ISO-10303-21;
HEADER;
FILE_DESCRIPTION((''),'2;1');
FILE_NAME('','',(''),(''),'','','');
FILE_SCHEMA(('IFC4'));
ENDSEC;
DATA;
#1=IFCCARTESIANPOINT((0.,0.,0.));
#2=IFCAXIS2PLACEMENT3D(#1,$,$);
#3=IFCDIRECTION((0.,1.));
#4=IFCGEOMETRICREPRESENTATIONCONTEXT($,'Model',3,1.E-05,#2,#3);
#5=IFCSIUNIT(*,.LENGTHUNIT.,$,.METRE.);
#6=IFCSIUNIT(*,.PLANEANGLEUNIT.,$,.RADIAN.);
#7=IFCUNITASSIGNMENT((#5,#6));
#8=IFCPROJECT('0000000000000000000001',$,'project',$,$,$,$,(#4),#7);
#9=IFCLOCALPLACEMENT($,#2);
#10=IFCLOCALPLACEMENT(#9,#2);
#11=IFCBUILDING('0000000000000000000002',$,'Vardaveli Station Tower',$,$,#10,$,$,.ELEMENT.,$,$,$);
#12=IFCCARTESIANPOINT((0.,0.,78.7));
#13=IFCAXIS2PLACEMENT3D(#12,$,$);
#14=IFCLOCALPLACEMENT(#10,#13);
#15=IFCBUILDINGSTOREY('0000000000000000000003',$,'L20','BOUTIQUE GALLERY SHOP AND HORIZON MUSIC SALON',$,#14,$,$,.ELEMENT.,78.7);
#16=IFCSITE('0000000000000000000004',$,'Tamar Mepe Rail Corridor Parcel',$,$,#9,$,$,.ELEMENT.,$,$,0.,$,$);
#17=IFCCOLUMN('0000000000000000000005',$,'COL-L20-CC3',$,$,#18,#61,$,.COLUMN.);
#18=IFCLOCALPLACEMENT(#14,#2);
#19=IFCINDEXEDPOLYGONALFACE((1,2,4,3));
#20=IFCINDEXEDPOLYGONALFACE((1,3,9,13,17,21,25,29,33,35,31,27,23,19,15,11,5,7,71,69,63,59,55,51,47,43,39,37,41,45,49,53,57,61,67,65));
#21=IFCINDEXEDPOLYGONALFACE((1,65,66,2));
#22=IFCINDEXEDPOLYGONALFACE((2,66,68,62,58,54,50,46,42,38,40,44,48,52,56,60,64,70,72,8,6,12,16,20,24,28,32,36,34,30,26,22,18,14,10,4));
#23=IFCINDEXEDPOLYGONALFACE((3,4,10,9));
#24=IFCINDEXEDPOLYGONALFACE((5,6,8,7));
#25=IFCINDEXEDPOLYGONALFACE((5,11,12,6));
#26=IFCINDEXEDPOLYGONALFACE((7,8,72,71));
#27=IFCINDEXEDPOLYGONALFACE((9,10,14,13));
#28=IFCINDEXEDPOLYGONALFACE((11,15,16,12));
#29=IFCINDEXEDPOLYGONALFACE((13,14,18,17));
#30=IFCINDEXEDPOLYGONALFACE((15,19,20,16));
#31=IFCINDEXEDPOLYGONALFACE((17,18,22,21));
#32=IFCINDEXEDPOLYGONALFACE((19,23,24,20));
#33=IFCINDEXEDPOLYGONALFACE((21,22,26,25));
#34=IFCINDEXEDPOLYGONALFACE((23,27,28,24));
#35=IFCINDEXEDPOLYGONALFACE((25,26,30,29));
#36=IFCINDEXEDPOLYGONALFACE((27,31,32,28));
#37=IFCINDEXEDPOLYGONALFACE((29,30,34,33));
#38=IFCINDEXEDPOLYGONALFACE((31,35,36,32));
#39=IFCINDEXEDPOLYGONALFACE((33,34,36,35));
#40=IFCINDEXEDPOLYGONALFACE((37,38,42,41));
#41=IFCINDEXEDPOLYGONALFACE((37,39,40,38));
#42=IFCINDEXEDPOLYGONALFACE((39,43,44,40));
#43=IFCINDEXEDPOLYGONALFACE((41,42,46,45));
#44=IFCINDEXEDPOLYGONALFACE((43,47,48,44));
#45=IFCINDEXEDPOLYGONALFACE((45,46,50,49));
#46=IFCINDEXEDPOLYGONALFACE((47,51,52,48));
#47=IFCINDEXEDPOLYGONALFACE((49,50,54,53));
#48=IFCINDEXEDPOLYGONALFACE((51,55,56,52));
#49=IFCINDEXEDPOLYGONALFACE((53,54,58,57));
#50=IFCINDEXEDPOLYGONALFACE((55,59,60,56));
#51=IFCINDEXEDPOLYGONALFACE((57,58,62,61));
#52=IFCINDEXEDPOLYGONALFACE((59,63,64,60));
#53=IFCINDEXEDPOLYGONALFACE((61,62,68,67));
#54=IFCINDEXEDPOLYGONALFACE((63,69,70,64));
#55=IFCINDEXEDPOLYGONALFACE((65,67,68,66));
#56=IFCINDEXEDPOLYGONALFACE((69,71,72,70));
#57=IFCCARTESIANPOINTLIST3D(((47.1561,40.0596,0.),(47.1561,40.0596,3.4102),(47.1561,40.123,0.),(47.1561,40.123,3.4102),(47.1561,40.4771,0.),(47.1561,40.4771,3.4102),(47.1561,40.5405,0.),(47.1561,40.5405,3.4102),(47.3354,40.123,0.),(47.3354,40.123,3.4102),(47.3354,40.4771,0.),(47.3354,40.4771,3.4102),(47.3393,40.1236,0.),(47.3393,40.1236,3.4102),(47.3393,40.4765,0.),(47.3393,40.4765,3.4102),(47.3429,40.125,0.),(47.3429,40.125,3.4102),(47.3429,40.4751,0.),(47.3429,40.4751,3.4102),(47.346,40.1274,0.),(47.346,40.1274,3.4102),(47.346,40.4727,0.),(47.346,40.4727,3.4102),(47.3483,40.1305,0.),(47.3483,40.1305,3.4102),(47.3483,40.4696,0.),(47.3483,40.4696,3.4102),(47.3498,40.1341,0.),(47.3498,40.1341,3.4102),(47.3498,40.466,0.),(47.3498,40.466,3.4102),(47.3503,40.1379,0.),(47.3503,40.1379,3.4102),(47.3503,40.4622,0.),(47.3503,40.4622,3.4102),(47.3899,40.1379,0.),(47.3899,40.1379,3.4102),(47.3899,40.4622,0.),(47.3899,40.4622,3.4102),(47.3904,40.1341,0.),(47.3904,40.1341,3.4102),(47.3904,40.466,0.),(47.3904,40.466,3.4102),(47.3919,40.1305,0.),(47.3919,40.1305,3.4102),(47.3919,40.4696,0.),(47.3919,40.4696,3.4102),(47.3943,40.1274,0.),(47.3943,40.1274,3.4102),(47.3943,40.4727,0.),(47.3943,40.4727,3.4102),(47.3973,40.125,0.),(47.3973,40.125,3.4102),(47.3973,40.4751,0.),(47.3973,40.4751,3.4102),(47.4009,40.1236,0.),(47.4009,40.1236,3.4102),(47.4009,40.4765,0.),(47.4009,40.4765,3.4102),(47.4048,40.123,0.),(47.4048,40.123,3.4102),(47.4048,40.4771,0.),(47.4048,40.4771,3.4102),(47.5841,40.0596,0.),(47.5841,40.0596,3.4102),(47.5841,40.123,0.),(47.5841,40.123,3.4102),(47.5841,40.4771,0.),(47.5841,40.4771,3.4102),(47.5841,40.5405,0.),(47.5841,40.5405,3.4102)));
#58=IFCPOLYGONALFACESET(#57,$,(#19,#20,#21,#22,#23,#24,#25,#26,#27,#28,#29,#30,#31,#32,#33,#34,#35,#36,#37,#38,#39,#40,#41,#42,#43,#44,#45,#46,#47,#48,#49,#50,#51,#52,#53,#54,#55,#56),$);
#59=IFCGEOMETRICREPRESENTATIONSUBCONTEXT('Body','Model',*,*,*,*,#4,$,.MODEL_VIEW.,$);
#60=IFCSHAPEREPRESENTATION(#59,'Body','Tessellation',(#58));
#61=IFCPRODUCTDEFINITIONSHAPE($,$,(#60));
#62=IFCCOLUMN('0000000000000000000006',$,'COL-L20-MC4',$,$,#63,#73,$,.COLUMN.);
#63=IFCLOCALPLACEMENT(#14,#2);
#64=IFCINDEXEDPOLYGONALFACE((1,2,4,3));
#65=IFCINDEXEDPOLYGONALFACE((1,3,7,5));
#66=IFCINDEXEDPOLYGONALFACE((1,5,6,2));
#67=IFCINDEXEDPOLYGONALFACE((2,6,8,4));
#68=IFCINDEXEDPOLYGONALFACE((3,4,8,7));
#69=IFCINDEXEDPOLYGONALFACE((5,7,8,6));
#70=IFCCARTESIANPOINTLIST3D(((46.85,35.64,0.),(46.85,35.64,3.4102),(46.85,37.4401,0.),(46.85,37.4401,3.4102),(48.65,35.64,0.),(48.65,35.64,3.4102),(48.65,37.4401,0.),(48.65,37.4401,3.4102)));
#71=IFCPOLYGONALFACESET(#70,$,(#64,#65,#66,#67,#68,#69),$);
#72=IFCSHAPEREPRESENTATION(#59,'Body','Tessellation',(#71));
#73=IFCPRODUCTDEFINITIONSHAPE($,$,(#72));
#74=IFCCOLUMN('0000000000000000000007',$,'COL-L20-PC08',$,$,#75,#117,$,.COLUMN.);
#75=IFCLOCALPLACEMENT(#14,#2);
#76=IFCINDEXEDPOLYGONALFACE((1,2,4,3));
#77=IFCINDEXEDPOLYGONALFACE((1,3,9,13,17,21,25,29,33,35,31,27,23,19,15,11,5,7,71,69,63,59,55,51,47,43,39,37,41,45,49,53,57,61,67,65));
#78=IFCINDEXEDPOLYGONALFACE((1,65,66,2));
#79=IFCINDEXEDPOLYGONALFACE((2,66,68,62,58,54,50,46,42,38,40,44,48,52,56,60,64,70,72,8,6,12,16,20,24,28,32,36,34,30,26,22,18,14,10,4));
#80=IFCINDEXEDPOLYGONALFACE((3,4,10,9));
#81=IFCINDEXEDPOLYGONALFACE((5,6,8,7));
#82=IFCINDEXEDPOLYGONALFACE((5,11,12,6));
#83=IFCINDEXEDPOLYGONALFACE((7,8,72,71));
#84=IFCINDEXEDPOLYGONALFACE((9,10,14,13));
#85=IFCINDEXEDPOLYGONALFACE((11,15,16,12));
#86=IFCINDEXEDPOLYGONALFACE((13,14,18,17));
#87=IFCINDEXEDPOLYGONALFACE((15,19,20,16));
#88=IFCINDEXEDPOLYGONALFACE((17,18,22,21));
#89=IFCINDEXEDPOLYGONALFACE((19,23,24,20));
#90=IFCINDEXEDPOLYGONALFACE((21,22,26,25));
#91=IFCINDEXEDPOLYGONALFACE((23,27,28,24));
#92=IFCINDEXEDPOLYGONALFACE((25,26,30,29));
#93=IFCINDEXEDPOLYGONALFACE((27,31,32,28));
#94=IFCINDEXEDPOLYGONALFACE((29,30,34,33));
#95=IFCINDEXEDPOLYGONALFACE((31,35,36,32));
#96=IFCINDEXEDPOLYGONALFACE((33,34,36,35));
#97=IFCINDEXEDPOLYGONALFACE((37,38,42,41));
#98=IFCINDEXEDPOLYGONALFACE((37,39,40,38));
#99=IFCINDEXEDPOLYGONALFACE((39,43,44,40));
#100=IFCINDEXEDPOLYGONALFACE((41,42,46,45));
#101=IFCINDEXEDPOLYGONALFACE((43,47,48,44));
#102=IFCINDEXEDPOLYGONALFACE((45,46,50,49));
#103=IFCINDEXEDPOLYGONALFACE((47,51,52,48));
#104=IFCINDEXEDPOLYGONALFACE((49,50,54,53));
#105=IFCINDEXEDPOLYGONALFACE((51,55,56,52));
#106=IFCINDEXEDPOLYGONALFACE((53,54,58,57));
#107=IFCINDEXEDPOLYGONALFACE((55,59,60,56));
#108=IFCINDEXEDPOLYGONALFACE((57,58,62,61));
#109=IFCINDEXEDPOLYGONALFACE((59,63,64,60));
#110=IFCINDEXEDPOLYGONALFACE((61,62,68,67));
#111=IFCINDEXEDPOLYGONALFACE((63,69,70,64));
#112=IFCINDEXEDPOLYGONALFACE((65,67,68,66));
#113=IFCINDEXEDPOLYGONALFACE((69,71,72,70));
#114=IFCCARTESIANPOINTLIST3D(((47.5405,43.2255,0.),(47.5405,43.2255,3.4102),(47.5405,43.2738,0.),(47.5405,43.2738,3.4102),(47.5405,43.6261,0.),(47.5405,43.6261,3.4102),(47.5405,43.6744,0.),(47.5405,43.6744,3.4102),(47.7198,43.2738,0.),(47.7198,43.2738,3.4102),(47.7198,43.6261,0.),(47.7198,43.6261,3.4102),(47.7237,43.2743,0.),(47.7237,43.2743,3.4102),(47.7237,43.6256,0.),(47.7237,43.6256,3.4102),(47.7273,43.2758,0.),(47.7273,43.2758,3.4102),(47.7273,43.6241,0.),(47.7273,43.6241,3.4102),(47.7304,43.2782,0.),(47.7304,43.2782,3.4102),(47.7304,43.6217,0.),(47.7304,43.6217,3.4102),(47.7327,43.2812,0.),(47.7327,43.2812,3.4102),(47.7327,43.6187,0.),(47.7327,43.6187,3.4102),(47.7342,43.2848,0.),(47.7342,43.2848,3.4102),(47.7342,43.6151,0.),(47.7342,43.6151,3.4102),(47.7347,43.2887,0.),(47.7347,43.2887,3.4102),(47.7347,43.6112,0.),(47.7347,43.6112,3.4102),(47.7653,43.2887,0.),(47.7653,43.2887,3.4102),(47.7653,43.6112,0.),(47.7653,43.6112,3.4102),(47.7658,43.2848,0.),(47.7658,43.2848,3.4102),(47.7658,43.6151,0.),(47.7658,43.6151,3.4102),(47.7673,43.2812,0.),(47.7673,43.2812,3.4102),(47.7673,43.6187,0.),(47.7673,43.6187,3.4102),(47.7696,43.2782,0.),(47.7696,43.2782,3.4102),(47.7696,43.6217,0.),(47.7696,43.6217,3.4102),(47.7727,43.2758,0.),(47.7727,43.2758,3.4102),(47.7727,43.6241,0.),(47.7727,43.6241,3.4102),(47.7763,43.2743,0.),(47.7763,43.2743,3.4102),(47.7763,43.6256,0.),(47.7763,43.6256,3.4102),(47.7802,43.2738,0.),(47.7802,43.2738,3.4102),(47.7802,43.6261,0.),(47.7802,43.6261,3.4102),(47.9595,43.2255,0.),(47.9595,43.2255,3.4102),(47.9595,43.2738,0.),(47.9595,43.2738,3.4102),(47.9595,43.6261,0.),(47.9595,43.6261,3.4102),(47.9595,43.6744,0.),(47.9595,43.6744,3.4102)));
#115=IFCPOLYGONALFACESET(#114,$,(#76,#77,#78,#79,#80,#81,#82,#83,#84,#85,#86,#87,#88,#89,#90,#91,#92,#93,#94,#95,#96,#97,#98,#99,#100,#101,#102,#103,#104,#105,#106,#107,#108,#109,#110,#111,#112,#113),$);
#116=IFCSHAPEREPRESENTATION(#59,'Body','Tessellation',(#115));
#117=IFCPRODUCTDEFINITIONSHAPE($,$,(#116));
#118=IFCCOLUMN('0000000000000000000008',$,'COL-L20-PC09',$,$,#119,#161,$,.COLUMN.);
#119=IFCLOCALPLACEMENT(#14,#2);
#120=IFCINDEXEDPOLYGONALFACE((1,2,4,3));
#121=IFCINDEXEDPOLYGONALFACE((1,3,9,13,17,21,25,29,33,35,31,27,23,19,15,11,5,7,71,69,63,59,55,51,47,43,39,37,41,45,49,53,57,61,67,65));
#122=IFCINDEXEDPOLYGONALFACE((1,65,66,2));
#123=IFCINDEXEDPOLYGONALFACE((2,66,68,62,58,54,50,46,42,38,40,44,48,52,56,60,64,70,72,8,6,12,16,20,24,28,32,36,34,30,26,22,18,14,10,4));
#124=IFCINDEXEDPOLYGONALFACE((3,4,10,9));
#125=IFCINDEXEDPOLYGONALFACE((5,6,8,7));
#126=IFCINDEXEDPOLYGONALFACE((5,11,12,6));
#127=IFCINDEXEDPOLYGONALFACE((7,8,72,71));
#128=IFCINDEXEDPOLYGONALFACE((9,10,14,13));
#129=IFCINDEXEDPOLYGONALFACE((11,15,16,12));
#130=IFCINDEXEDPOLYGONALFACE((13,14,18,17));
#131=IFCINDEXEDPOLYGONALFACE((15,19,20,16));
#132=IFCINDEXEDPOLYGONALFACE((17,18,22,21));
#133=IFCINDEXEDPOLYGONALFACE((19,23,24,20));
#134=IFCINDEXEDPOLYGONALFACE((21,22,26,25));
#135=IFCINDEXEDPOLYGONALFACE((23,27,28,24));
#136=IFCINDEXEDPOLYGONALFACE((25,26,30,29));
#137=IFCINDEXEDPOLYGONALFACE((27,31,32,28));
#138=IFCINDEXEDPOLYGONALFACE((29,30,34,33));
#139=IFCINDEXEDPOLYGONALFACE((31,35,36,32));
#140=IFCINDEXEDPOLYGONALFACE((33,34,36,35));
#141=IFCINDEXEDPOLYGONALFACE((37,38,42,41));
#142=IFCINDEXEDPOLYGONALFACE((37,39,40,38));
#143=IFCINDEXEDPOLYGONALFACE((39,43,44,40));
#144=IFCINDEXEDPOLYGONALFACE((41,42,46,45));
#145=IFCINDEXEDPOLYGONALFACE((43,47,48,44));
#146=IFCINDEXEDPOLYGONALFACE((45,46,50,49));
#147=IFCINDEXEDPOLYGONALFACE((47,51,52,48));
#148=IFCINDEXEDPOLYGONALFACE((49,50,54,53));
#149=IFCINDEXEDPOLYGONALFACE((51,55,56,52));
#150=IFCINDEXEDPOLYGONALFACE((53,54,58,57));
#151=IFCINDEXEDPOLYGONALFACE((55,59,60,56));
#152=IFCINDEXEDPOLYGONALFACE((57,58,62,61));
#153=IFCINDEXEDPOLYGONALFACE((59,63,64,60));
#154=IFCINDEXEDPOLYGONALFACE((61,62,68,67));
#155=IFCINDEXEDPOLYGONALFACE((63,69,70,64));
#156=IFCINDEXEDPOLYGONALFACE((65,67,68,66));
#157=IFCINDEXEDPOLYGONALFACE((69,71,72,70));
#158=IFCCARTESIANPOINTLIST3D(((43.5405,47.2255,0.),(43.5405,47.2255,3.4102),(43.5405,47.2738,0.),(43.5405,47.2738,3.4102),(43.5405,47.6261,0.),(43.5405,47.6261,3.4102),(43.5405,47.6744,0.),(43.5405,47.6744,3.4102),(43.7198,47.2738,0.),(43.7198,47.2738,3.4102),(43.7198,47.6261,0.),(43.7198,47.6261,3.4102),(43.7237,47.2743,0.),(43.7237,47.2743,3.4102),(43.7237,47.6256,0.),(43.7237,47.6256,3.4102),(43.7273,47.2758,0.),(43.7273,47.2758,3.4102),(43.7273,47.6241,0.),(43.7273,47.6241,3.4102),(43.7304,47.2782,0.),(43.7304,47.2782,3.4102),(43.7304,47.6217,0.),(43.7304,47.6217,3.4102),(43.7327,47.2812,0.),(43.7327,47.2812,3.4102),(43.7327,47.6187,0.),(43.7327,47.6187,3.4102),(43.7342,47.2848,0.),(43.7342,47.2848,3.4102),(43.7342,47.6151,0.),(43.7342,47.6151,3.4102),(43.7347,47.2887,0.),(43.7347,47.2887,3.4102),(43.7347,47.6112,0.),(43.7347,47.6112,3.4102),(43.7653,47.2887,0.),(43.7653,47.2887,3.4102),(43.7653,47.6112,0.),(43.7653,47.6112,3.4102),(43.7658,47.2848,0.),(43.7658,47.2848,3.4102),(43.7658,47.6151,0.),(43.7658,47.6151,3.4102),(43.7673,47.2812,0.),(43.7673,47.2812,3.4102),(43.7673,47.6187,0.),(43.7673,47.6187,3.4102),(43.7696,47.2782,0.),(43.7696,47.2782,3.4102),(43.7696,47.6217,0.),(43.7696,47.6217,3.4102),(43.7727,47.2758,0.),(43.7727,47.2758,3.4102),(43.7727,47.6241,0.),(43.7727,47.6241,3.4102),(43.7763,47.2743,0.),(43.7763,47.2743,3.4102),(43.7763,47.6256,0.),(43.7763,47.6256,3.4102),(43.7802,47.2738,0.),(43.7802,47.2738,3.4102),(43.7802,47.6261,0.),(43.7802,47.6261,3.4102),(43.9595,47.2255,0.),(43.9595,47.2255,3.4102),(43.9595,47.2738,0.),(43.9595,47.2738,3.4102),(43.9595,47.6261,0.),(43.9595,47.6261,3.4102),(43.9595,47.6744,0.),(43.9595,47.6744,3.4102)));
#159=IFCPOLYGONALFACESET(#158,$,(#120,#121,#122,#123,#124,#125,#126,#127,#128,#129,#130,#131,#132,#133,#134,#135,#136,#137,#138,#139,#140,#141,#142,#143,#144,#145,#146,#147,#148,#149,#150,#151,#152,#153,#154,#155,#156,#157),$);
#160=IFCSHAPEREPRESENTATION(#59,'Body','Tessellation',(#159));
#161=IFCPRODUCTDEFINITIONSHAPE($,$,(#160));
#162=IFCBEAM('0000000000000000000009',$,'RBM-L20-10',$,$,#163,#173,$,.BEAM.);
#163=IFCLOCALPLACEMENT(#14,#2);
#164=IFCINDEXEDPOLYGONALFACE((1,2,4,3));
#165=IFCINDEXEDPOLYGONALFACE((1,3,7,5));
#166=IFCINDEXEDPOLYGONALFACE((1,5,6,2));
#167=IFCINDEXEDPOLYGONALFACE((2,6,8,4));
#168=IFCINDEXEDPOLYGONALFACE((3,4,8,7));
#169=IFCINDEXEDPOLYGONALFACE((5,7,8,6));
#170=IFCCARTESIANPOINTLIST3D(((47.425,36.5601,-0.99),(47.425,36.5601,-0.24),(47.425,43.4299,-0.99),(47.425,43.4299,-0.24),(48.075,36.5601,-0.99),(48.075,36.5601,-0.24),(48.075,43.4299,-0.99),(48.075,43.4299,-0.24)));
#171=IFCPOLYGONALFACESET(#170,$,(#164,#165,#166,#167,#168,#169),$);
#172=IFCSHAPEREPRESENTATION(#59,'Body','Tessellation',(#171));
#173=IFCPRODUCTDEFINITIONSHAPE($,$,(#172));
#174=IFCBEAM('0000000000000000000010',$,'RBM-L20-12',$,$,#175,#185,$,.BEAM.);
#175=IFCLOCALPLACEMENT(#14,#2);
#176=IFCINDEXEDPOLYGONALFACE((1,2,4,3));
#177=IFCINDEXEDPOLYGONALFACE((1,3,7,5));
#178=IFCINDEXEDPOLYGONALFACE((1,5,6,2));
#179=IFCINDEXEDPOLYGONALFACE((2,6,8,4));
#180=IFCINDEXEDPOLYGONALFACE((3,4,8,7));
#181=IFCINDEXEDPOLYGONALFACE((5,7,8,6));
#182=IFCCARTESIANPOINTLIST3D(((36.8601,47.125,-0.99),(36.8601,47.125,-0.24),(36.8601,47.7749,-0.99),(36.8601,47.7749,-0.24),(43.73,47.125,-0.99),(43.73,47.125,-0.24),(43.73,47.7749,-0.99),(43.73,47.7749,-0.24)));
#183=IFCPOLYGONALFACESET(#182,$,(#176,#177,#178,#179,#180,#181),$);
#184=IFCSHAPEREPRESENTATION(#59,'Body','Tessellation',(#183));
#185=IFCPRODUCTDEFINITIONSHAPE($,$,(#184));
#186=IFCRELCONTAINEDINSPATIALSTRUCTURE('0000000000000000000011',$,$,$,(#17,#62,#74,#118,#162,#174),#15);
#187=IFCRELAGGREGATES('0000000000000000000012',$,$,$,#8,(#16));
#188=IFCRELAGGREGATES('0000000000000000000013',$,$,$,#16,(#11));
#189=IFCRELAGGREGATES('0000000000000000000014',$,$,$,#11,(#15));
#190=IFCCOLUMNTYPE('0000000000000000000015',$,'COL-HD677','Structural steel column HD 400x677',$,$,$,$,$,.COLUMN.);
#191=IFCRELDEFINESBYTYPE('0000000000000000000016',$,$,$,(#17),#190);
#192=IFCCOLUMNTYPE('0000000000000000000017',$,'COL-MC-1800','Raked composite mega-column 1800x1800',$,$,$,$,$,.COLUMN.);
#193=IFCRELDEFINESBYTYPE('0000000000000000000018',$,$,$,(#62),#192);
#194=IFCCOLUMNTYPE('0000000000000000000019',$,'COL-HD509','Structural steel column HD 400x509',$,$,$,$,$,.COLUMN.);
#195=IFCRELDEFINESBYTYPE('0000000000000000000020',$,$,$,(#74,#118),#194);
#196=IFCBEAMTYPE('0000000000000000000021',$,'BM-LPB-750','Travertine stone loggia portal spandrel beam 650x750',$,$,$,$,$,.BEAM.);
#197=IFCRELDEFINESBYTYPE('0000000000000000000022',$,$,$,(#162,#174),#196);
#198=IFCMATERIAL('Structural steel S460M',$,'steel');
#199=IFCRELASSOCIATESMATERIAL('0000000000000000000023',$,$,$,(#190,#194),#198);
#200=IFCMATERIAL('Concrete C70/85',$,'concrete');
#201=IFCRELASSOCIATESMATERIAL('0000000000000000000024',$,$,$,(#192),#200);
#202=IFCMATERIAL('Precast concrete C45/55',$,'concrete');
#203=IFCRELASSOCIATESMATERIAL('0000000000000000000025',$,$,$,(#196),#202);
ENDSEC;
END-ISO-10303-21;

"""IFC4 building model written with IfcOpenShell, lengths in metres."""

from ifc_helpers import new_model, si_unit, direction, frame, origin, origin_2d, place, context, subcontext, project, spatial, rectangle, i_section, extrude, source, transform, mapped, material, material_profile, profile_set, type_object, element, save


model = new_model("IFC4")

# Units and contexts
model_context = context("Model", 3, precision=1e-05, world=origin(), true_north=direction((0.0, 1.0)))
body_context = subcontext(model_context, "Body", "Model", "MODEL_VIEW")
ifc_project = project(units=[si_unit("LENGTHUNIT", "METRE"), si_unit("PLANEANGLEUNIT", "RADIAN")], contexts=[model_context])

# Site, building, storey
site_placement = place(None, origin())
site = spatial("IfcSite", under=ifc_project, at=site_placement, Name="Tamar Mepe Rail Corridor Parcel", CompositionType="ELEMENT", RefElevation=0.0)
building_placement = place(site_placement, origin())
building = spatial("IfcBuilding", under=site, at=building_placement, Name="Vardaveli Station Tower", CompositionType="ELEMENT")
storey_placement = place(building_placement, frame((0.0, 0.0, 78.7)))
storey = spatial("IfcBuildingStorey", under=building, at=storey_placement, Name="L20", Description="BOUTIQUE GALLERY SHOP AND HORIZON MUSIC SALON", CompositionType="ELEMENT", Elevation=78.7)

# Columns
ifc_material_1 = material(Name="Structural steel S460M", Category="steel")
ifc_material_profile_1 = material_profile(ifc_material_1, i_section(OverallWidth=0.428, OverallDepth=0.481, WebThickness=0.0396, FlangeThickness=0.0635, FilletRadius=0.0149, at=origin_2d()), Name="HD 400x677")
ifc_profile_set_1 = profile_set([ifc_material_profile_1], Name="Structural steel S460M")
column_type_1 = type_object("IfcColumnType", Name="COL-HD677", Description="Structural steel column HD 400x677", PredefinedType="COLUMN", material=ifc_profile_set_1)
shared_shape_1 = source(origin(), body_context, "Body", "SweptSolid", [
    extrude(i_section(OverallWidth=0.428, OverallDepth=0.481, WebThickness=0.0396, FlangeThickness=0.0635, FilletRadius=0.0149, at=origin_2d()), origin(), (0.0, 0.0, 1.0), 3.4102),
])
column_1_placement = place(storey_placement, frame((47.3701, 40.3, 0.0), z_axis=(0.0, 0.0, 1.0), x_axis=(1.0, 0.0, 0.0)))
element("IfcColumn", 1, at=column_1_placement, inside=storey, type_object=column_type_1, Name="COL-L20-CC3", PredefinedType="COLUMN", context=body_context, shape_type="MappedRepresentation", body=[
    mapped(shared_shape_1, transform((0.0, 0.0, 0.0), scale=1.0)),
])
ifc_material_2 = material(Name="Concrete C70/85", Category="concrete")
ifc_material_profile_2 = material_profile(ifc_material_2, rectangle(XDim=1.8, YDim=1.8, at=origin_2d()), Name="MC 1800x1800")
ifc_profile_set_2 = profile_set([ifc_material_profile_2], Name="Concrete C70/85")
column_type_2 = type_object("IfcColumnType", Name="COL-MC-1800", Description="Raked composite mega-column 1800x1800", PredefinedType="COLUMN", material=ifc_profile_set_2)
shared_shape_2 = source(origin(), body_context, "Body", "SweptSolid", [
    extrude(rectangle(XDim=1.8, YDim=1.8, at=origin_2d()), origin(), (0.0, 0.0, 1.0), 3.4102),
])
column_2_placement = place(storey_placement, frame((47.75, 36.54, 0.0), z_axis=(0.0, 0.0, 1.0), x_axis=(1.0, 0.0, 0.0)))
element("IfcColumn", 2, at=column_2_placement, inside=storey, type_object=column_type_2, Name="COL-L20-MC4", PredefinedType="COLUMN", context=body_context, shape_type="MappedRepresentation", body=[
    mapped(shared_shape_2, transform((0.0, 0.0, 0.0), scale=1.0)),
])
ifc_material_profile_3 = material_profile(ifc_material_1, i_section(OverallWidth=0.4189, OverallDepth=0.449, WebThickness=0.0305, FlangeThickness=0.0483, FilletRadius=0.0149, at=origin_2d()), Name="HD 400x509")
ifc_profile_set_3 = profile_set([ifc_material_profile_3], Name="Structural steel S460M")
column_type_3 = type_object("IfcColumnType", Name="COL-HD509", Description="Structural steel column HD 400x509", PredefinedType="COLUMN", material=ifc_profile_set_3)
shared_shape_3 = source(origin(), body_context, "Body", "SweptSolid", [
    extrude(i_section(OverallWidth=0.4189, OverallDepth=0.449, WebThickness=0.0305, FlangeThickness=0.0483, FilletRadius=0.0149, at=origin_2d()), origin(), (0.0, 0.0, 1.0), 3.4102),
])
for number, where, z_axis, x_axis, name in (
    (3, (47.75, 43.45, 0.0), (0.0, 0.0, 1.0), (1.0, 0.0, 0.0), "COL-L20-PC08"),
    (4, (43.75, 47.45, 0.0), (0.0, 0.0, 1.0), (1.0, 0.0, 0.0), "COL-L20-PC09"),
):
    element("IfcColumn", number, at=place(storey_placement, frame(where, z_axis=z_axis, x_axis=x_axis)), inside=storey, type_object=column_type_3, Name=name, PredefinedType="COLUMN", context=body_context, shape_type="MappedRepresentation", body=[
        mapped(shared_shape_3, transform((0.0, 0.0, 0.0), scale=1.0)),
    ])

# Beams
ifc_material_3 = material(Name="Precast concrete C45/55", Category="concrete")
ifc_material_profile_4 = material_profile(ifc_material_3, rectangle(XDim=0.6499, YDim=0.75, at=origin_2d()), Name="LPB 650x750")
ifc_profile_set_4 = profile_set([ifc_material_profile_4], Name="Precast concrete C45/55")
beam_type = type_object("IfcBeamType", Name="BM-LPB-750", Description="Travertine stone loggia portal spandrel beam 650x750", PredefinedType="BEAM", material=ifc_profile_set_4)
shared_shape_4 = source(origin(), body_context, "Body", "SweptSolid", [
    extrude(rectangle(XDim=0.6499, YDim=0.75, at=origin_2d()), origin(), (0.0, 0.0, 1.0), 6.8699),
])
for number, where, z_axis, x_axis, name in (
    (5, (47.75, 36.5601, -0.615), (0.0, 1.0, 0.0), (-1.0, 0.0, 0.0), "RBM-L20-10"),
    (6, (43.73, 47.45, -0.615), (-1.0, 0.0, 0.0), (0.0, -1.0, 0.0), "RBM-L20-12"),
):
    element("IfcBeam", number, at=place(storey_placement, frame(where, z_axis=z_axis, x_axis=x_axis)), inside=storey, type_object=beam_type, Name=name, PredefinedType="BEAM", context=body_context, shape_type="MappedRepresentation", body=[
        mapped(shared_shape_4, transform((0.0, 0.0, 0.0), scale=1.0)),
    ])

save(model, "model.ifc")
